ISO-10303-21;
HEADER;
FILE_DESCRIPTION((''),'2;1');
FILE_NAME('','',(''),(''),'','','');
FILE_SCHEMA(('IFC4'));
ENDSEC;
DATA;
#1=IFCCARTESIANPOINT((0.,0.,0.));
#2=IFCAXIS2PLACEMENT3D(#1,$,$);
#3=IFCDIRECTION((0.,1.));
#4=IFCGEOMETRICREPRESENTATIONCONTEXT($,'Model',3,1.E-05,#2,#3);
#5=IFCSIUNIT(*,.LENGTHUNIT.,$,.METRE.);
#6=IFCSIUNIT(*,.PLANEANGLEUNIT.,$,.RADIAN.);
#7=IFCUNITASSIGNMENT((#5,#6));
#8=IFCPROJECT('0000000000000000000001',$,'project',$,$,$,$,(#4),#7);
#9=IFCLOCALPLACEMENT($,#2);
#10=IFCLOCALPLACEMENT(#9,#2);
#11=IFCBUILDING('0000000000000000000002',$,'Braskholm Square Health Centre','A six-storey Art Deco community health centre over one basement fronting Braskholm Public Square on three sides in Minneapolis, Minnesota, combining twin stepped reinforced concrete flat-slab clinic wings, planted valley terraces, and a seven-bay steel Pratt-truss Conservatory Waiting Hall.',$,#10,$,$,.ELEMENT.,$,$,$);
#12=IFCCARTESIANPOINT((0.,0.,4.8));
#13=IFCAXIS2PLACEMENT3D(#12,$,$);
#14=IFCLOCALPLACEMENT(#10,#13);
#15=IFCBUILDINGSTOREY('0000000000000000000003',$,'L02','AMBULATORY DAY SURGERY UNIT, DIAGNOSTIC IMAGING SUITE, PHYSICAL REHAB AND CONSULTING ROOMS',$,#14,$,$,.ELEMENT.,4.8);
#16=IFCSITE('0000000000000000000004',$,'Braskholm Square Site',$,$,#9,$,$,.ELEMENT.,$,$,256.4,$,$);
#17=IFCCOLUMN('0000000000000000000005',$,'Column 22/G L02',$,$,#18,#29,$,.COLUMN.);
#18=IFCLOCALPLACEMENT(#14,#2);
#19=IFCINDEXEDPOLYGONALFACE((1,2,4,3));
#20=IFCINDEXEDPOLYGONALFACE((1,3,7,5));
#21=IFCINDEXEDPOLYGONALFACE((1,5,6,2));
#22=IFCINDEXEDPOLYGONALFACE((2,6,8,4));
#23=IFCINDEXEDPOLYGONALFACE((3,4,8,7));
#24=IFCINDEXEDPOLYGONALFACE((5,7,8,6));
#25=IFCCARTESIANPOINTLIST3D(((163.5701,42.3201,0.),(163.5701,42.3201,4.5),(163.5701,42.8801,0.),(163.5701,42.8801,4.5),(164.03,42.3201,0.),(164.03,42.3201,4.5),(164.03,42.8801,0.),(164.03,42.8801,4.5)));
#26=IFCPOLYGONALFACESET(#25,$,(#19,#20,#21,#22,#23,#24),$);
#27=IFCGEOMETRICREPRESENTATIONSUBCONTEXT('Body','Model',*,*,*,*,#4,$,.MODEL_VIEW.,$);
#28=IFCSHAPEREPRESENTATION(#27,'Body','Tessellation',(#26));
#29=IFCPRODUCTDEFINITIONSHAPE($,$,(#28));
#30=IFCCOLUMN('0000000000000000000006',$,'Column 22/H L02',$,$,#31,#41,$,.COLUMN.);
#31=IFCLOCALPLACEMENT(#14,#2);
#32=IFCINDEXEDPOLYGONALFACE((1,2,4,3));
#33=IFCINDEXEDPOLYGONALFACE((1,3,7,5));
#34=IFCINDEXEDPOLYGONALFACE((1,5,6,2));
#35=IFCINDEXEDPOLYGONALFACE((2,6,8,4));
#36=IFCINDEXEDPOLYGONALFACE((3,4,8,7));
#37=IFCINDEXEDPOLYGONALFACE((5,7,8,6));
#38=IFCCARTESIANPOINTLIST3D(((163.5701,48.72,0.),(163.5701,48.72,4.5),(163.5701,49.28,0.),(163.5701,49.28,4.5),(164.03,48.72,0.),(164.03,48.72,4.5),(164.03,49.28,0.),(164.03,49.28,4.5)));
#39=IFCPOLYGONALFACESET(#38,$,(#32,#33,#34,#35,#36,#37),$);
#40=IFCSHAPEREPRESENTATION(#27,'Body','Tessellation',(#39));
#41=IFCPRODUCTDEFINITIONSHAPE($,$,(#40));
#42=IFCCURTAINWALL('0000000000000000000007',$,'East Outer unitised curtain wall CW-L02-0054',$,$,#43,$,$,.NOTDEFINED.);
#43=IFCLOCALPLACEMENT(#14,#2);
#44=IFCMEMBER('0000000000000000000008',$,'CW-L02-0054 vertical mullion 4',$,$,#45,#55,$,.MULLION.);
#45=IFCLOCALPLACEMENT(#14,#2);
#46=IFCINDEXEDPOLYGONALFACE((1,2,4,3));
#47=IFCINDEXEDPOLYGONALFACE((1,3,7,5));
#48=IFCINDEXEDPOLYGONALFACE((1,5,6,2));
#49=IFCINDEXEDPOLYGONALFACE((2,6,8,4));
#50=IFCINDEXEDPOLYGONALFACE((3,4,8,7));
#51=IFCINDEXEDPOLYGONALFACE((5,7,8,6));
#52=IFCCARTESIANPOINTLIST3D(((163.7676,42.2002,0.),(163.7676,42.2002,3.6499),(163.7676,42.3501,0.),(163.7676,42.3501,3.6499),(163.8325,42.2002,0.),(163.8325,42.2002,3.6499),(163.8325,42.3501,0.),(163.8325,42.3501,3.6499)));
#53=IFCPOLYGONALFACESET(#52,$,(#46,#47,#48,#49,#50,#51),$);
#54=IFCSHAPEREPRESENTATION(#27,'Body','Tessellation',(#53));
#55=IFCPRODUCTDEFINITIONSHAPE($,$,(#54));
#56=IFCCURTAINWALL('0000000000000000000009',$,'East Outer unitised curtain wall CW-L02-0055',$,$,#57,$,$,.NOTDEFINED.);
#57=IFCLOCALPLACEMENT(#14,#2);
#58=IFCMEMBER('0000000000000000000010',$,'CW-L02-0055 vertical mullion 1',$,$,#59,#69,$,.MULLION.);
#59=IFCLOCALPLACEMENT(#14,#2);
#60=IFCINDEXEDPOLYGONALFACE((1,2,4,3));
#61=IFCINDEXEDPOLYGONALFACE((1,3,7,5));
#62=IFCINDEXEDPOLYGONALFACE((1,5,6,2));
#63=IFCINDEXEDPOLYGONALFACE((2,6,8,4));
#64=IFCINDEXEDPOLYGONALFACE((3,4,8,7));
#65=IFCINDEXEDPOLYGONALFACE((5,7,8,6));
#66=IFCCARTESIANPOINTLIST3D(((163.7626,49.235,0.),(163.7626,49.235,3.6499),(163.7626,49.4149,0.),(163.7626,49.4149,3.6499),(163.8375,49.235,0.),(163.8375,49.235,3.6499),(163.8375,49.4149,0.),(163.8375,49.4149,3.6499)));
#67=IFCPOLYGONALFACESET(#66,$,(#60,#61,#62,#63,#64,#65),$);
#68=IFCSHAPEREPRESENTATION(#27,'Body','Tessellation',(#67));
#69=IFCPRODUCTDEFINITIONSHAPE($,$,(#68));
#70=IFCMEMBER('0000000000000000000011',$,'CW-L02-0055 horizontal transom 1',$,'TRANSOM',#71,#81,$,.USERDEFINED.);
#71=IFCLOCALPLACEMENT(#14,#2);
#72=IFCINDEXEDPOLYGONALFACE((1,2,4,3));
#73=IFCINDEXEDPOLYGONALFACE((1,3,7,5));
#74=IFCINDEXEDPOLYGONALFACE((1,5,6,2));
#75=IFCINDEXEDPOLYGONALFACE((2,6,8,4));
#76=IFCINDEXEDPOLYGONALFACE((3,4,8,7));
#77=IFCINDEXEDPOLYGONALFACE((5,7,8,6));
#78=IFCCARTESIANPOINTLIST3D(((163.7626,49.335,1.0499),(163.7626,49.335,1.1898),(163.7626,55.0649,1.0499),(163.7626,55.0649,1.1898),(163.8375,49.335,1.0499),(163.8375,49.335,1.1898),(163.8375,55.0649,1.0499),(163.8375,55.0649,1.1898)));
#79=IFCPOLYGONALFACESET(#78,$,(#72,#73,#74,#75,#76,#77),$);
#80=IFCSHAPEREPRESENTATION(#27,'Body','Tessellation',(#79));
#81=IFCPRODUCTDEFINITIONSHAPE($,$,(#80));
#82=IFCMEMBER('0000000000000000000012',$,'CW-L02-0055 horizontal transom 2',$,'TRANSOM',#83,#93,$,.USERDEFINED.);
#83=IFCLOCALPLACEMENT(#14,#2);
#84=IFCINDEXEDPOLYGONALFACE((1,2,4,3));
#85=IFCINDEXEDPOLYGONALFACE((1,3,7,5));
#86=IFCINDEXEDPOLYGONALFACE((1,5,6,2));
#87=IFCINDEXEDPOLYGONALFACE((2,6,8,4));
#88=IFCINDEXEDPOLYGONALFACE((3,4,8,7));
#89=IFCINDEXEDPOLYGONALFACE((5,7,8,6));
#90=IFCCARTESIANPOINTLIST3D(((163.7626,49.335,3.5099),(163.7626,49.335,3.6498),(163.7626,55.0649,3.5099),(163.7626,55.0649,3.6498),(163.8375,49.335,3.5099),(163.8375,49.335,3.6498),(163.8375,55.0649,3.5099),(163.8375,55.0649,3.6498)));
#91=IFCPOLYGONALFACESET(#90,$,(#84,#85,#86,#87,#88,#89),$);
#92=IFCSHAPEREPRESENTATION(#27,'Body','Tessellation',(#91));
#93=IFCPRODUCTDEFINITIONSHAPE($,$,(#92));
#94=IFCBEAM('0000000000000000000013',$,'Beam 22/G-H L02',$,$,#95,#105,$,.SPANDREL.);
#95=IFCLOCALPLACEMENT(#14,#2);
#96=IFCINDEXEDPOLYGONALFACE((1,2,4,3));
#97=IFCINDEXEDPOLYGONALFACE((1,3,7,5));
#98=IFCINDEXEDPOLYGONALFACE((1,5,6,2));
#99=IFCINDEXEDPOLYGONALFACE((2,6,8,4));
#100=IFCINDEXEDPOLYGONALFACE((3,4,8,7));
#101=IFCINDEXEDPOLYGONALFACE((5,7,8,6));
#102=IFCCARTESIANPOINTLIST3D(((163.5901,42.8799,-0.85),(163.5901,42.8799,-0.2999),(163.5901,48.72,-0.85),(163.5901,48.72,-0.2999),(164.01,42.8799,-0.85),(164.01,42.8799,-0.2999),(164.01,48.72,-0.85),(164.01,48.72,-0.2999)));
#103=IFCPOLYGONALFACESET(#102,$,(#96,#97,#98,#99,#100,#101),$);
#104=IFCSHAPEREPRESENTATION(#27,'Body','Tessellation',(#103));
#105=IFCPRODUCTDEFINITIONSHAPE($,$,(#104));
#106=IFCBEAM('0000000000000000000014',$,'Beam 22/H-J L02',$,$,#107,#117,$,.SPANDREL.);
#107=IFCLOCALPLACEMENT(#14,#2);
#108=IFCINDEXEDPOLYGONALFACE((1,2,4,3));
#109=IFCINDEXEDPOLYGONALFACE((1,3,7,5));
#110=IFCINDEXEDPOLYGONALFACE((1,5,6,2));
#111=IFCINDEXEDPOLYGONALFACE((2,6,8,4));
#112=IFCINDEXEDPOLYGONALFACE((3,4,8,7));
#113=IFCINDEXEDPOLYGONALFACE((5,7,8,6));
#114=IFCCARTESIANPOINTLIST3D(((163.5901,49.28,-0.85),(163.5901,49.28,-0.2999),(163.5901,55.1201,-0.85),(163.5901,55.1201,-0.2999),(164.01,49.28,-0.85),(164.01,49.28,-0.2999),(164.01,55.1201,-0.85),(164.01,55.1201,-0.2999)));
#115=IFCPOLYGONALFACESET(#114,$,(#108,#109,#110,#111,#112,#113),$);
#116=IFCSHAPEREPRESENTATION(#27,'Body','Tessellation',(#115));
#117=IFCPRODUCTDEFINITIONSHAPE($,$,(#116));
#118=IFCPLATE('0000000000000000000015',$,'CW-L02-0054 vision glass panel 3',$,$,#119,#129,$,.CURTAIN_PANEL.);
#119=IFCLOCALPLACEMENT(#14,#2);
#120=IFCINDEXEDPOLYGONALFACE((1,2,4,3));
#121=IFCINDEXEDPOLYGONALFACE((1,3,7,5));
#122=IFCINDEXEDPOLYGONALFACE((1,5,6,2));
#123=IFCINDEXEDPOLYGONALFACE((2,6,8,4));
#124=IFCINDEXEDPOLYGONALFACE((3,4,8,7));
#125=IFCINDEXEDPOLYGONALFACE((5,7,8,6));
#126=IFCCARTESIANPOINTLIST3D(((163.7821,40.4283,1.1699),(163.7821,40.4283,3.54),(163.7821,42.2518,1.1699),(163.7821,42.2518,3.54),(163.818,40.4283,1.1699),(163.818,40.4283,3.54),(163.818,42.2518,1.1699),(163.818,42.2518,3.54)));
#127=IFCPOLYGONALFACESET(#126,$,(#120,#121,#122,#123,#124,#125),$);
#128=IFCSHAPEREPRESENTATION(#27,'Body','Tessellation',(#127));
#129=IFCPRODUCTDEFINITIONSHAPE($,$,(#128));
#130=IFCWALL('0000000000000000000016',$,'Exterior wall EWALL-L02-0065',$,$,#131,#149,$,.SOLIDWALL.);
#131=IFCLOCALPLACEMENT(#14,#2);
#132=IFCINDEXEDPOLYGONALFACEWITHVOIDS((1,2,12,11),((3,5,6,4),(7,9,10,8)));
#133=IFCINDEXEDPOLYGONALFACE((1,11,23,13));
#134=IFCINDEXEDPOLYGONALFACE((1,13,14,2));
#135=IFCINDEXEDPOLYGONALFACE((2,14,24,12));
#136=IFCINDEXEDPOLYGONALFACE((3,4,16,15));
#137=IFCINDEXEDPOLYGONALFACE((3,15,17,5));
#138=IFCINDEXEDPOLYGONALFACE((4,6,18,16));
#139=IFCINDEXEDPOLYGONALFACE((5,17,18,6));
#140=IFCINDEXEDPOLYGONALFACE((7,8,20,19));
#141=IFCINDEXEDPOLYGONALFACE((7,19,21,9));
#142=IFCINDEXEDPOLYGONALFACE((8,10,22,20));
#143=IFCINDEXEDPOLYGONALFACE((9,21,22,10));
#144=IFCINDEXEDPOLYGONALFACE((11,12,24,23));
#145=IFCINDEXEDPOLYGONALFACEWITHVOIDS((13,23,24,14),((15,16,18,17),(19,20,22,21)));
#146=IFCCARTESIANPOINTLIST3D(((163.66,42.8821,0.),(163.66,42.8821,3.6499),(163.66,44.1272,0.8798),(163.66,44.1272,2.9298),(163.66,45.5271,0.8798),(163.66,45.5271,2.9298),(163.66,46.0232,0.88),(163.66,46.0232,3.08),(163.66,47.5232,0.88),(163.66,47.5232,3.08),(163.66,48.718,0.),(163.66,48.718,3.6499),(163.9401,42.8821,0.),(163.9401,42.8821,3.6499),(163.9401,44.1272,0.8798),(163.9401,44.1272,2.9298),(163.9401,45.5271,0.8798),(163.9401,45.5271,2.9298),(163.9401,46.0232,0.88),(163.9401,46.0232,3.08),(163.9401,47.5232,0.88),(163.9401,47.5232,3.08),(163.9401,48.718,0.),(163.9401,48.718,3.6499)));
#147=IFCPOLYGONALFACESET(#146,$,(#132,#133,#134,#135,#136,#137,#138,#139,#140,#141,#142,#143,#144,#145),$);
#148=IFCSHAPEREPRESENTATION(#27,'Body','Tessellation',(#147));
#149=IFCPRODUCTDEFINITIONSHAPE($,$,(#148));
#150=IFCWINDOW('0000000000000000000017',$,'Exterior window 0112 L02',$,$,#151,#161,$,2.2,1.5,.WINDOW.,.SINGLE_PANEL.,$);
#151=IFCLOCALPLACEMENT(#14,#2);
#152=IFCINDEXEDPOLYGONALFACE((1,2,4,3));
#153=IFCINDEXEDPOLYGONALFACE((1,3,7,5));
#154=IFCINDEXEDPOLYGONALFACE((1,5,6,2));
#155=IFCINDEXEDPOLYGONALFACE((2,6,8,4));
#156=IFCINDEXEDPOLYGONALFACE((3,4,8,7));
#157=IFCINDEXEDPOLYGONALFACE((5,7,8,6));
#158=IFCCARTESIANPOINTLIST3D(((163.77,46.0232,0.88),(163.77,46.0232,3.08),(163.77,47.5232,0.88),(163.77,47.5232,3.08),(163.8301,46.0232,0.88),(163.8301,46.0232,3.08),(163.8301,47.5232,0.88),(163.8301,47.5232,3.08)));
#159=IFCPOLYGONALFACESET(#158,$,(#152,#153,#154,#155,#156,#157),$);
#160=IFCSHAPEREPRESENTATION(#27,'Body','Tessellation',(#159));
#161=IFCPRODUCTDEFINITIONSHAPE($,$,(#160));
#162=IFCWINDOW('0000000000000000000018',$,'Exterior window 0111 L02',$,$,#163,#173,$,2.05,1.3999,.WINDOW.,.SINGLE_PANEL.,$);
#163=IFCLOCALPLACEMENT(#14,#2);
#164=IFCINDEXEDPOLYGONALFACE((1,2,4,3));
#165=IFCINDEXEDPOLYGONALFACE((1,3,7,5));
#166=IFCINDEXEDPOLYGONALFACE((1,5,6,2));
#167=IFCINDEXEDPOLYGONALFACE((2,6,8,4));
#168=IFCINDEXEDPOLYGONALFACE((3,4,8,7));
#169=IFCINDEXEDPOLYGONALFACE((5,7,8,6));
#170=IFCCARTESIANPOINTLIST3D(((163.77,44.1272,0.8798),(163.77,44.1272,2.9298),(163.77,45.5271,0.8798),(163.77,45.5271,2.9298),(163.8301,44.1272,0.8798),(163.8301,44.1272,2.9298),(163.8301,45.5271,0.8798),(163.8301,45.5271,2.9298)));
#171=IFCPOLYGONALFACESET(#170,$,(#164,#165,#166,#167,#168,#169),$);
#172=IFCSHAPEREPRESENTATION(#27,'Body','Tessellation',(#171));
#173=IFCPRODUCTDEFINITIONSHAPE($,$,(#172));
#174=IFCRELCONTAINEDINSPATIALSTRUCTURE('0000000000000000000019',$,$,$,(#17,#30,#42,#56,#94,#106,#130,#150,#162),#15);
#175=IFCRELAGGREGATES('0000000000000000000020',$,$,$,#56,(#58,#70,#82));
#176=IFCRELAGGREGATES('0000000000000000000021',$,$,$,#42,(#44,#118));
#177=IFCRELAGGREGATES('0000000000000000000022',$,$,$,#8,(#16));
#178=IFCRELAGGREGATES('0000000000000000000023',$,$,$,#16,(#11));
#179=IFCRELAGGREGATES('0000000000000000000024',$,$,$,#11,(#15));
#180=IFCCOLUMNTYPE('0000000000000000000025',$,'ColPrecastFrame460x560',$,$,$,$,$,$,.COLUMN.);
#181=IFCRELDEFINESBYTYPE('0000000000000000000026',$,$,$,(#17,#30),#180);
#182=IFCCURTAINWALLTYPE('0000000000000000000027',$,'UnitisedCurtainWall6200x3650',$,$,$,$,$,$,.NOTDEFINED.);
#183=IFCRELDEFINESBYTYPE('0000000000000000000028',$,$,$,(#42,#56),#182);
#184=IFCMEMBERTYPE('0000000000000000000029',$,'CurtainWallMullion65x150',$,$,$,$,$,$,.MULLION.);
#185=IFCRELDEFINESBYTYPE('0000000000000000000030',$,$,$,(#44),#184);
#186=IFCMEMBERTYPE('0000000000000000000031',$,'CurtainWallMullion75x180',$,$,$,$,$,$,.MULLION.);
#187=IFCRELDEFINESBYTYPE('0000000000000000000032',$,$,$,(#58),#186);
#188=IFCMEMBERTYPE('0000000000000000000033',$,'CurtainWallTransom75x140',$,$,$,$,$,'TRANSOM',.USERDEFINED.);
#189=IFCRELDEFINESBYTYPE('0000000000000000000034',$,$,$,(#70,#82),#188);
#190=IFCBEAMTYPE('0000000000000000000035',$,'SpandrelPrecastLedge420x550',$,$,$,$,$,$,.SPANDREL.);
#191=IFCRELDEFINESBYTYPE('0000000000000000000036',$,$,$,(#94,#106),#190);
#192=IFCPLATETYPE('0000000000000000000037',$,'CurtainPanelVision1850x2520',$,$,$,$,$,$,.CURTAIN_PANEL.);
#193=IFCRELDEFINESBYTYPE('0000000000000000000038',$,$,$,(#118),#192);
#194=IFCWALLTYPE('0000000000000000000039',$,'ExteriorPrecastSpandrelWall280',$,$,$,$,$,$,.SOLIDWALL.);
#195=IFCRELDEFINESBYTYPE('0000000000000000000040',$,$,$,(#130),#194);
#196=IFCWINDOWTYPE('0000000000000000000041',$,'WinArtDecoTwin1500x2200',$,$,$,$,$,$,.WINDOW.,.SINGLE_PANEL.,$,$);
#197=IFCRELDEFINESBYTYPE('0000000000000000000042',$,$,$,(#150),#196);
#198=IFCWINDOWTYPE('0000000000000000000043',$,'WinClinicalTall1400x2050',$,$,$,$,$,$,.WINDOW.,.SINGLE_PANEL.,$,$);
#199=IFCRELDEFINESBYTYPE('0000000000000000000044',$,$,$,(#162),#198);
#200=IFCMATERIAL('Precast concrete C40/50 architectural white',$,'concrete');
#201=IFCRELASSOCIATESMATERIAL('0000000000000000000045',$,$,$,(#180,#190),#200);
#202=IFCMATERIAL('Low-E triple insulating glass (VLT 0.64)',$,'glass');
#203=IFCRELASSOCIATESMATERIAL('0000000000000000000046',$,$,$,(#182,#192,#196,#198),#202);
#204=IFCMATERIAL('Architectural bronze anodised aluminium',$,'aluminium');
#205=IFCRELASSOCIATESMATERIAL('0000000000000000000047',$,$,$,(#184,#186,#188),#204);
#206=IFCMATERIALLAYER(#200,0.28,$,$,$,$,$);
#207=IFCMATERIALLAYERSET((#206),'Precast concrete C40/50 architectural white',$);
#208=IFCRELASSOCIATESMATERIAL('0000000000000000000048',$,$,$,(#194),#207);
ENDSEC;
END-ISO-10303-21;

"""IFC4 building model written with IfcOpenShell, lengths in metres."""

from ifc_helpers import new_model, si_unit, direction, frame, frame_2d, origin, origin_with_axes, origin_2d, place, context, subcontext, project, spatial, rectangle, extrude, material, layer, layer_set, material_profile, profile_set, type_object, element, fill, aggregate, save


model = new_model("IFC4")

# Units and contexts
model_context = context("Model", 3, precision=1e-05, world=origin(), true_north=direction((0.0, 1.0)))
body_context = subcontext(model_context, "Body", "Model", "MODEL_VIEW")
ifc_project = project(units=[si_unit("LENGTHUNIT", "METRE"), si_unit("PLANEANGLEUNIT", "RADIAN")], contexts=[model_context])

# Site, building, storey
site_placement = place(None, origin())
site = spatial("IfcSite", under=ifc_project, at=site_placement, Name="Braskholm Square Site", CompositionType="ELEMENT", RefElevation=256.4)
building_placement = place(site_placement, origin())
building = spatial("IfcBuilding", under=site, at=building_placement, Name="Braskholm Square Health Centre", Description="A six-storey Art Deco community health centre over one basement fronting Braskholm Public Square on three sides in Minneapolis, Minnesota, combining twin stepped reinforced concrete flat-slab clinic wings, planted valley terraces, and a seven-bay steel Pratt-truss Conservatory Waiting Hall.", CompositionType="ELEMENT")
storey_placement = place(building_placement, frame((0.0, 0.0, 4.8)))
storey = spatial("IfcBuildingStorey", under=building, at=storey_placement, Name="L02", Description="AMBULATORY DAY SURGERY UNIT, DIAGNOSTIC IMAGING SUITE, PHYSICAL REHAB AND CONSULTING ROOMS", CompositionType="ELEMENT", Elevation=4.8)

# Columns
ifc_material_1 = material(Name="Precast concrete C40/50 architectural white", Category="concrete")
ifc_material_profile_1 = material_profile(ifc_material_1, rectangle(XDim=0.46, YDim=0.5601, at=origin_2d()), Name="RC-460X560")
ifc_profile_set_1 = profile_set([ifc_material_profile_1], Name="Precast concrete C40/50 architectural white")
column_type = type_object("IfcColumnType", Name="ColPrecastFrame460x560", PredefinedType="COLUMN", material=ifc_profile_set_1)
for number, where, z_axis, x_axis, name in (
    (1, (163.8, 42.6001, 0.0), (0.0, 0.0, 1.0), (1.0, 0.0, 0.0), "Column 22/G L02"),
    (2, (163.8, 49.0, 0.0), (0.0, 0.0, 1.0), (1.0, 0.0, 0.0), "Column 22/H L02"),
):
    element("IfcColumn", number, at=place(storey_placement, frame(where, z_axis=z_axis, x_axis=x_axis)), inside=storey, type_object=column_type, Name=name, PredefinedType="COLUMN", context=body_context, shape_type="SweptSolid", body=[
        extrude(rectangle(XDim=0.46, YDim=0.5601, at=origin_2d()), origin(), (0.0, 0.0, 1.0), 4.5),
    ])

# Curtain wall, member
ifc_material_2 = material(Name="Low-E triple insulating glass (VLT 0.64)", Category="glass")
curtain_wall_type = type_object("IfcCurtainWallType", Name="UnitisedCurtainWall6200x3650", PredefinedType="NOTDEFINED", material=ifc_material_2)
curtain_wall_1_placement = place(storey_placement, origin())
curtain_wall_1 = element("IfcCurtainWall", 3, at=curtain_wall_1_placement, inside=storey, type_object=curtain_wall_type, Name="East Outer unitised curtain wall CW-L02-0054", PredefinedType="NOTDEFINED")
ifc_material_3 = material(Name="Architectural bronze anodised aluminium", Category="aluminium")
ifc_material_profile_2 = material_profile(ifc_material_3, rectangle(XDim=0.0649, YDim=0.1499, at=origin_2d()), Name="ALU-65X150")
ifc_profile_set_2 = profile_set([ifc_material_profile_2], Name="Architectural bronze anodised aluminium")
member_type_1 = type_object("IfcMemberType", Name="CurtainWallMullion65x150", PredefinedType="MULLION", material=ifc_profile_set_2)
member_1_placement = place(storey_placement, frame((163.8, 42.2751, 0.0), z_axis=(0.0, 0.0, 1.0), x_axis=(1.0, 0.0, 0.0)))
member_1 = element("IfcMember", 4, at=member_1_placement, type_object=member_type_1, Name="CW-L02-0054 vertical mullion 4", PredefinedType="MULLION", context=body_context, shape_type="SweptSolid", body=[
    extrude(rectangle(XDim=0.0649, YDim=0.1499, at=origin_2d()), origin(), (0.0, 0.0, 1.0), 3.6499),
])

# Curtain wall, members
curtain_wall_2_placement = place(storey_placement, origin())
curtain_wall_2 = element("IfcCurtainWall", 5, at=curtain_wall_2_placement, inside=storey, type_object=curtain_wall_type, Name="East Outer unitised curtain wall CW-L02-0055", PredefinedType="NOTDEFINED")
ifc_material_profile_3 = material_profile(ifc_material_3, rectangle(XDim=0.075, YDim=0.1799, at=origin_2d()), Name="ALU-75X180")
ifc_profile_set_3 = profile_set([ifc_material_profile_3], Name="Architectural bronze anodised aluminium")
member_type_2 = type_object("IfcMemberType", Name="CurtainWallMullion75x180", PredefinedType="MULLION", material=ifc_profile_set_3)
member_2_placement = place(storey_placement, frame((163.8, 49.325, 0.0), z_axis=(0.0, 0.0, 1.0), x_axis=(1.0, 0.0, 0.0)))
member_2 = element("IfcMember", 6, at=member_2_placement, type_object=member_type_2, Name="CW-L02-0055 vertical mullion 1", PredefinedType="MULLION", context=body_context, shape_type="SweptSolid", body=[
    extrude(rectangle(XDim=0.075, YDim=0.1799, at=origin_2d()), origin(), (0.0, 0.0, 1.0), 3.6499),
])
ifc_material_profile_4 = material_profile(ifc_material_3, rectangle(XDim=0.075, YDim=0.1399, at=origin_2d()), Name="ALU-75X140")
ifc_profile_set_4 = profile_set([ifc_material_profile_4], Name="Architectural bronze anodised aluminium")
member_type_3 = type_object("IfcMemberType", Name="CurtainWallTransom75x140", ElementType="TRANSOM", PredefinedType="USERDEFINED", material=ifc_profile_set_4)
member_3_placement = place(storey_placement, frame((163.8, 49.335, 1.1199), z_axis=(0.0, 1.0, 0.0), x_axis=(-1.0, 0.0, 0.0)))
member_3 = element("IfcMember", 7, at=member_3_placement, type_object=member_type_3, Name="CW-L02-0055 horizontal transom 1", ObjectType="TRANSOM", PredefinedType="USERDEFINED", context=body_context, shape_type="SweptSolid", body=[
    extrude(rectangle(XDim=0.075, YDim=0.1399, at=origin_2d()), origin(), (0.0, 0.0, 1.0), 5.73),
])
member_4_placement = place(storey_placement, frame((163.8, 49.335, 3.5798), z_axis=(0.0, 1.0, 0.0), x_axis=(-1.0, 0.0, 0.0)))
member_4 = element("IfcMember", 8, at=member_4_placement, type_object=member_type_3, Name="CW-L02-0055 horizontal transom 2", ObjectType="TRANSOM", PredefinedType="USERDEFINED", context=body_context, shape_type="SweptSolid", body=[
    extrude(rectangle(XDim=0.075, YDim=0.1399, at=origin_2d()), origin(), (0.0, 0.0, 1.0), 5.73),
])
aggregate(curtain_wall_2, [member_2, member_3, member_4])

# Beams
ifc_material_profile_5 = material_profile(ifc_material_1, rectangle(XDim=0.4199, YDim=0.55, at=origin_2d()), Name="RCB-420X550")
ifc_profile_set_5 = profile_set([ifc_material_profile_5], Name="Precast concrete C40/50 architectural white")
beam_type = type_object("IfcBeamType", Name="SpandrelPrecastLedge420x550", PredefinedType="SPANDREL", material=ifc_profile_set_5)
for number, where, z_axis, x_axis, name in (
    (9, (163.8, 42.8799, -0.575), (0.0, 1.0, 0.0), (-1.0, 0.0, 0.0), "Beam 22/G-H L02"),
    (10, (163.8, 49.28, -0.575), (0.0, 1.0, 0.0), (-1.0, 0.0, 0.0), "Beam 22/H-J L02"),
):
    element("IfcBeam", number, at=place(storey_placement, frame(where, z_axis=z_axis, x_axis=x_axis)), inside=storey, type_object=beam_type, Name=name, PredefinedType="SPANDREL", context=body_context, shape_type="SweptSolid", body=[
        extrude(rectangle(XDim=0.4199, YDim=0.55, at=origin_2d()), origin(), (0.0, 0.0, 1.0), 5.8401),
    ])

# Plate
plate_type = type_object("IfcPlateType", Name="CurtainPanelVision1850x2520", PredefinedType="CURTAIN_PANEL", material=ifc_material_2)
plate_placement = place(storey_placement, frame((163.8, 41.3401, 1.1699), z_axis=(0.0, 0.0, 1.0), x_axis=(0.0, 1.0, 0.0)))
plate = element("IfcPlate", 11, at=plate_placement, type_object=plate_type, Name="CW-L02-0054 vision glass panel 3", PredefinedType="CURTAIN_PANEL", context=body_context, shape_type="SweptSolid", body=[
    extrude(rectangle(XDim=1.8235, YDim=0.0359, at=origin_2d()), origin(), (0.0, 0.0, 1.0), 2.3701),
])
aggregate(curtain_wall_1, [member_1, plate])

# Wall, openings, windows
ifc_layer_1 = layer(ifc_material_1, 0.28)
ifc_layer_set_1 = layer_set([ifc_layer_1], Name="Precast concrete C40/50 architectural white")
wall_type = type_object("IfcWallType", Name="ExteriorPrecastSpandrelWall280", PredefinedType="SOLIDWALL", material=ifc_layer_set_1)
wall_placement = place(storey_placement, frame((163.8, 42.8821, 0.0), z_axis=(0.0, 0.0, 1.0), x_axis=(0.0, 1.0, 0.0)))
wall = element("IfcWall", 12, at=wall_placement, inside=storey, type_object=wall_type, Name="Exterior wall EWALL-L02-0065", PredefinedType="SOLIDWALL", context=body_context, shape_type="SweptSolid", body=[
    extrude(rectangle(XDim=5.8359, YDim=0.28, at=frame_2d((2.918, 0.0))), origin(), (0.0, 0.0, 1.0), 3.6499),
])
opening_1_placement = place(wall_placement, frame((1.2451, 0.0, 0.8799)))
opening_1 = element("IfcOpeningElement", 13, at=opening_1_placement, cuts=wall, PredefinedType="OPENING", context=body_context, shape_type="SweptSolid", body=[
    extrude(rectangle(XDim=1.3999, YDim=2.05, at=frame_2d((0.7, 1.0249))), frame((0.0, 0.1499, 0.0), z_axis=(0.0, -1.0, 0.0), x_axis=(1.0, 0.0, 0.0)), (0.0, 0.0, 1.0), 0.3),
])
opening_2_placement = place(wall_placement, frame((3.1411, 0.0, 0.8799)))
opening_2 = element("IfcOpeningElement", 14, at=opening_2_placement, cuts=wall, PredefinedType="OPENING", context=body_context, shape_type="SweptSolid", body=[
    extrude(rectangle(XDim=1.5, YDim=2.2, at=frame_2d((0.75, 1.1001))), frame((0.0, 0.1499, 0.0), z_axis=(0.0, -1.0, 0.0), x_axis=(1.0, 0.0, 0.0)), (0.0, 0.0, 1.0), 0.3),
])
window_type_1 = type_object("IfcWindowType", Name="WinArtDecoTwin1500x2200", PartitioningType="SINGLE_PANEL", PredefinedType="WINDOW", material=ifc_material_2)
window_1_placement = place(opening_2_placement, origin_with_axes())
window_1 = element("IfcWindow", 15, at=window_1_placement, inside=storey, type_object=window_type_1, Name="Exterior window 0112 L02", OverallHeight=2.2, OverallWidth=1.5, PartitioningType="SINGLE_PANEL", PredefinedType="WINDOW", context=body_context, shape_type="SweptSolid", body=[
    extrude(rectangle(XDim=1.5, YDim=2.2, at=frame_2d((0.75, 1.1001))), frame((0.0, 0.03, 0.0), z_axis=(0.0, -1.0, 0.0), x_axis=(1.0, 0.0, 0.0)), (0.0, 0.0, 1.0), 0.0601),
])
fill(opening_2, window_1)
window_type_2 = type_object("IfcWindowType", Name="WinClinicalTall1400x2050", PartitioningType="SINGLE_PANEL", PredefinedType="WINDOW", material=ifc_material_2)
window_2_placement = place(opening_1_placement, origin_with_axes())
window_2 = element("IfcWindow", 16, at=window_2_placement, inside=storey, type_object=window_type_2, Name="Exterior window 0111 L02", OverallHeight=2.05, OverallWidth=1.3999, PartitioningType="SINGLE_PANEL", PredefinedType="WINDOW", context=body_context, shape_type="SweptSolid", body=[
    extrude(rectangle(XDim=1.3999, YDim=2.05, at=frame_2d((0.7, 1.0249))), frame((0.0, 0.03, 0.0), z_axis=(0.0, -1.0, 0.0), x_axis=(1.0, 0.0, 0.0)), (0.0, 0.0, 1.0), 0.0601),
])
fill(opening_1, window_2)

save(model, "model.ifc")
